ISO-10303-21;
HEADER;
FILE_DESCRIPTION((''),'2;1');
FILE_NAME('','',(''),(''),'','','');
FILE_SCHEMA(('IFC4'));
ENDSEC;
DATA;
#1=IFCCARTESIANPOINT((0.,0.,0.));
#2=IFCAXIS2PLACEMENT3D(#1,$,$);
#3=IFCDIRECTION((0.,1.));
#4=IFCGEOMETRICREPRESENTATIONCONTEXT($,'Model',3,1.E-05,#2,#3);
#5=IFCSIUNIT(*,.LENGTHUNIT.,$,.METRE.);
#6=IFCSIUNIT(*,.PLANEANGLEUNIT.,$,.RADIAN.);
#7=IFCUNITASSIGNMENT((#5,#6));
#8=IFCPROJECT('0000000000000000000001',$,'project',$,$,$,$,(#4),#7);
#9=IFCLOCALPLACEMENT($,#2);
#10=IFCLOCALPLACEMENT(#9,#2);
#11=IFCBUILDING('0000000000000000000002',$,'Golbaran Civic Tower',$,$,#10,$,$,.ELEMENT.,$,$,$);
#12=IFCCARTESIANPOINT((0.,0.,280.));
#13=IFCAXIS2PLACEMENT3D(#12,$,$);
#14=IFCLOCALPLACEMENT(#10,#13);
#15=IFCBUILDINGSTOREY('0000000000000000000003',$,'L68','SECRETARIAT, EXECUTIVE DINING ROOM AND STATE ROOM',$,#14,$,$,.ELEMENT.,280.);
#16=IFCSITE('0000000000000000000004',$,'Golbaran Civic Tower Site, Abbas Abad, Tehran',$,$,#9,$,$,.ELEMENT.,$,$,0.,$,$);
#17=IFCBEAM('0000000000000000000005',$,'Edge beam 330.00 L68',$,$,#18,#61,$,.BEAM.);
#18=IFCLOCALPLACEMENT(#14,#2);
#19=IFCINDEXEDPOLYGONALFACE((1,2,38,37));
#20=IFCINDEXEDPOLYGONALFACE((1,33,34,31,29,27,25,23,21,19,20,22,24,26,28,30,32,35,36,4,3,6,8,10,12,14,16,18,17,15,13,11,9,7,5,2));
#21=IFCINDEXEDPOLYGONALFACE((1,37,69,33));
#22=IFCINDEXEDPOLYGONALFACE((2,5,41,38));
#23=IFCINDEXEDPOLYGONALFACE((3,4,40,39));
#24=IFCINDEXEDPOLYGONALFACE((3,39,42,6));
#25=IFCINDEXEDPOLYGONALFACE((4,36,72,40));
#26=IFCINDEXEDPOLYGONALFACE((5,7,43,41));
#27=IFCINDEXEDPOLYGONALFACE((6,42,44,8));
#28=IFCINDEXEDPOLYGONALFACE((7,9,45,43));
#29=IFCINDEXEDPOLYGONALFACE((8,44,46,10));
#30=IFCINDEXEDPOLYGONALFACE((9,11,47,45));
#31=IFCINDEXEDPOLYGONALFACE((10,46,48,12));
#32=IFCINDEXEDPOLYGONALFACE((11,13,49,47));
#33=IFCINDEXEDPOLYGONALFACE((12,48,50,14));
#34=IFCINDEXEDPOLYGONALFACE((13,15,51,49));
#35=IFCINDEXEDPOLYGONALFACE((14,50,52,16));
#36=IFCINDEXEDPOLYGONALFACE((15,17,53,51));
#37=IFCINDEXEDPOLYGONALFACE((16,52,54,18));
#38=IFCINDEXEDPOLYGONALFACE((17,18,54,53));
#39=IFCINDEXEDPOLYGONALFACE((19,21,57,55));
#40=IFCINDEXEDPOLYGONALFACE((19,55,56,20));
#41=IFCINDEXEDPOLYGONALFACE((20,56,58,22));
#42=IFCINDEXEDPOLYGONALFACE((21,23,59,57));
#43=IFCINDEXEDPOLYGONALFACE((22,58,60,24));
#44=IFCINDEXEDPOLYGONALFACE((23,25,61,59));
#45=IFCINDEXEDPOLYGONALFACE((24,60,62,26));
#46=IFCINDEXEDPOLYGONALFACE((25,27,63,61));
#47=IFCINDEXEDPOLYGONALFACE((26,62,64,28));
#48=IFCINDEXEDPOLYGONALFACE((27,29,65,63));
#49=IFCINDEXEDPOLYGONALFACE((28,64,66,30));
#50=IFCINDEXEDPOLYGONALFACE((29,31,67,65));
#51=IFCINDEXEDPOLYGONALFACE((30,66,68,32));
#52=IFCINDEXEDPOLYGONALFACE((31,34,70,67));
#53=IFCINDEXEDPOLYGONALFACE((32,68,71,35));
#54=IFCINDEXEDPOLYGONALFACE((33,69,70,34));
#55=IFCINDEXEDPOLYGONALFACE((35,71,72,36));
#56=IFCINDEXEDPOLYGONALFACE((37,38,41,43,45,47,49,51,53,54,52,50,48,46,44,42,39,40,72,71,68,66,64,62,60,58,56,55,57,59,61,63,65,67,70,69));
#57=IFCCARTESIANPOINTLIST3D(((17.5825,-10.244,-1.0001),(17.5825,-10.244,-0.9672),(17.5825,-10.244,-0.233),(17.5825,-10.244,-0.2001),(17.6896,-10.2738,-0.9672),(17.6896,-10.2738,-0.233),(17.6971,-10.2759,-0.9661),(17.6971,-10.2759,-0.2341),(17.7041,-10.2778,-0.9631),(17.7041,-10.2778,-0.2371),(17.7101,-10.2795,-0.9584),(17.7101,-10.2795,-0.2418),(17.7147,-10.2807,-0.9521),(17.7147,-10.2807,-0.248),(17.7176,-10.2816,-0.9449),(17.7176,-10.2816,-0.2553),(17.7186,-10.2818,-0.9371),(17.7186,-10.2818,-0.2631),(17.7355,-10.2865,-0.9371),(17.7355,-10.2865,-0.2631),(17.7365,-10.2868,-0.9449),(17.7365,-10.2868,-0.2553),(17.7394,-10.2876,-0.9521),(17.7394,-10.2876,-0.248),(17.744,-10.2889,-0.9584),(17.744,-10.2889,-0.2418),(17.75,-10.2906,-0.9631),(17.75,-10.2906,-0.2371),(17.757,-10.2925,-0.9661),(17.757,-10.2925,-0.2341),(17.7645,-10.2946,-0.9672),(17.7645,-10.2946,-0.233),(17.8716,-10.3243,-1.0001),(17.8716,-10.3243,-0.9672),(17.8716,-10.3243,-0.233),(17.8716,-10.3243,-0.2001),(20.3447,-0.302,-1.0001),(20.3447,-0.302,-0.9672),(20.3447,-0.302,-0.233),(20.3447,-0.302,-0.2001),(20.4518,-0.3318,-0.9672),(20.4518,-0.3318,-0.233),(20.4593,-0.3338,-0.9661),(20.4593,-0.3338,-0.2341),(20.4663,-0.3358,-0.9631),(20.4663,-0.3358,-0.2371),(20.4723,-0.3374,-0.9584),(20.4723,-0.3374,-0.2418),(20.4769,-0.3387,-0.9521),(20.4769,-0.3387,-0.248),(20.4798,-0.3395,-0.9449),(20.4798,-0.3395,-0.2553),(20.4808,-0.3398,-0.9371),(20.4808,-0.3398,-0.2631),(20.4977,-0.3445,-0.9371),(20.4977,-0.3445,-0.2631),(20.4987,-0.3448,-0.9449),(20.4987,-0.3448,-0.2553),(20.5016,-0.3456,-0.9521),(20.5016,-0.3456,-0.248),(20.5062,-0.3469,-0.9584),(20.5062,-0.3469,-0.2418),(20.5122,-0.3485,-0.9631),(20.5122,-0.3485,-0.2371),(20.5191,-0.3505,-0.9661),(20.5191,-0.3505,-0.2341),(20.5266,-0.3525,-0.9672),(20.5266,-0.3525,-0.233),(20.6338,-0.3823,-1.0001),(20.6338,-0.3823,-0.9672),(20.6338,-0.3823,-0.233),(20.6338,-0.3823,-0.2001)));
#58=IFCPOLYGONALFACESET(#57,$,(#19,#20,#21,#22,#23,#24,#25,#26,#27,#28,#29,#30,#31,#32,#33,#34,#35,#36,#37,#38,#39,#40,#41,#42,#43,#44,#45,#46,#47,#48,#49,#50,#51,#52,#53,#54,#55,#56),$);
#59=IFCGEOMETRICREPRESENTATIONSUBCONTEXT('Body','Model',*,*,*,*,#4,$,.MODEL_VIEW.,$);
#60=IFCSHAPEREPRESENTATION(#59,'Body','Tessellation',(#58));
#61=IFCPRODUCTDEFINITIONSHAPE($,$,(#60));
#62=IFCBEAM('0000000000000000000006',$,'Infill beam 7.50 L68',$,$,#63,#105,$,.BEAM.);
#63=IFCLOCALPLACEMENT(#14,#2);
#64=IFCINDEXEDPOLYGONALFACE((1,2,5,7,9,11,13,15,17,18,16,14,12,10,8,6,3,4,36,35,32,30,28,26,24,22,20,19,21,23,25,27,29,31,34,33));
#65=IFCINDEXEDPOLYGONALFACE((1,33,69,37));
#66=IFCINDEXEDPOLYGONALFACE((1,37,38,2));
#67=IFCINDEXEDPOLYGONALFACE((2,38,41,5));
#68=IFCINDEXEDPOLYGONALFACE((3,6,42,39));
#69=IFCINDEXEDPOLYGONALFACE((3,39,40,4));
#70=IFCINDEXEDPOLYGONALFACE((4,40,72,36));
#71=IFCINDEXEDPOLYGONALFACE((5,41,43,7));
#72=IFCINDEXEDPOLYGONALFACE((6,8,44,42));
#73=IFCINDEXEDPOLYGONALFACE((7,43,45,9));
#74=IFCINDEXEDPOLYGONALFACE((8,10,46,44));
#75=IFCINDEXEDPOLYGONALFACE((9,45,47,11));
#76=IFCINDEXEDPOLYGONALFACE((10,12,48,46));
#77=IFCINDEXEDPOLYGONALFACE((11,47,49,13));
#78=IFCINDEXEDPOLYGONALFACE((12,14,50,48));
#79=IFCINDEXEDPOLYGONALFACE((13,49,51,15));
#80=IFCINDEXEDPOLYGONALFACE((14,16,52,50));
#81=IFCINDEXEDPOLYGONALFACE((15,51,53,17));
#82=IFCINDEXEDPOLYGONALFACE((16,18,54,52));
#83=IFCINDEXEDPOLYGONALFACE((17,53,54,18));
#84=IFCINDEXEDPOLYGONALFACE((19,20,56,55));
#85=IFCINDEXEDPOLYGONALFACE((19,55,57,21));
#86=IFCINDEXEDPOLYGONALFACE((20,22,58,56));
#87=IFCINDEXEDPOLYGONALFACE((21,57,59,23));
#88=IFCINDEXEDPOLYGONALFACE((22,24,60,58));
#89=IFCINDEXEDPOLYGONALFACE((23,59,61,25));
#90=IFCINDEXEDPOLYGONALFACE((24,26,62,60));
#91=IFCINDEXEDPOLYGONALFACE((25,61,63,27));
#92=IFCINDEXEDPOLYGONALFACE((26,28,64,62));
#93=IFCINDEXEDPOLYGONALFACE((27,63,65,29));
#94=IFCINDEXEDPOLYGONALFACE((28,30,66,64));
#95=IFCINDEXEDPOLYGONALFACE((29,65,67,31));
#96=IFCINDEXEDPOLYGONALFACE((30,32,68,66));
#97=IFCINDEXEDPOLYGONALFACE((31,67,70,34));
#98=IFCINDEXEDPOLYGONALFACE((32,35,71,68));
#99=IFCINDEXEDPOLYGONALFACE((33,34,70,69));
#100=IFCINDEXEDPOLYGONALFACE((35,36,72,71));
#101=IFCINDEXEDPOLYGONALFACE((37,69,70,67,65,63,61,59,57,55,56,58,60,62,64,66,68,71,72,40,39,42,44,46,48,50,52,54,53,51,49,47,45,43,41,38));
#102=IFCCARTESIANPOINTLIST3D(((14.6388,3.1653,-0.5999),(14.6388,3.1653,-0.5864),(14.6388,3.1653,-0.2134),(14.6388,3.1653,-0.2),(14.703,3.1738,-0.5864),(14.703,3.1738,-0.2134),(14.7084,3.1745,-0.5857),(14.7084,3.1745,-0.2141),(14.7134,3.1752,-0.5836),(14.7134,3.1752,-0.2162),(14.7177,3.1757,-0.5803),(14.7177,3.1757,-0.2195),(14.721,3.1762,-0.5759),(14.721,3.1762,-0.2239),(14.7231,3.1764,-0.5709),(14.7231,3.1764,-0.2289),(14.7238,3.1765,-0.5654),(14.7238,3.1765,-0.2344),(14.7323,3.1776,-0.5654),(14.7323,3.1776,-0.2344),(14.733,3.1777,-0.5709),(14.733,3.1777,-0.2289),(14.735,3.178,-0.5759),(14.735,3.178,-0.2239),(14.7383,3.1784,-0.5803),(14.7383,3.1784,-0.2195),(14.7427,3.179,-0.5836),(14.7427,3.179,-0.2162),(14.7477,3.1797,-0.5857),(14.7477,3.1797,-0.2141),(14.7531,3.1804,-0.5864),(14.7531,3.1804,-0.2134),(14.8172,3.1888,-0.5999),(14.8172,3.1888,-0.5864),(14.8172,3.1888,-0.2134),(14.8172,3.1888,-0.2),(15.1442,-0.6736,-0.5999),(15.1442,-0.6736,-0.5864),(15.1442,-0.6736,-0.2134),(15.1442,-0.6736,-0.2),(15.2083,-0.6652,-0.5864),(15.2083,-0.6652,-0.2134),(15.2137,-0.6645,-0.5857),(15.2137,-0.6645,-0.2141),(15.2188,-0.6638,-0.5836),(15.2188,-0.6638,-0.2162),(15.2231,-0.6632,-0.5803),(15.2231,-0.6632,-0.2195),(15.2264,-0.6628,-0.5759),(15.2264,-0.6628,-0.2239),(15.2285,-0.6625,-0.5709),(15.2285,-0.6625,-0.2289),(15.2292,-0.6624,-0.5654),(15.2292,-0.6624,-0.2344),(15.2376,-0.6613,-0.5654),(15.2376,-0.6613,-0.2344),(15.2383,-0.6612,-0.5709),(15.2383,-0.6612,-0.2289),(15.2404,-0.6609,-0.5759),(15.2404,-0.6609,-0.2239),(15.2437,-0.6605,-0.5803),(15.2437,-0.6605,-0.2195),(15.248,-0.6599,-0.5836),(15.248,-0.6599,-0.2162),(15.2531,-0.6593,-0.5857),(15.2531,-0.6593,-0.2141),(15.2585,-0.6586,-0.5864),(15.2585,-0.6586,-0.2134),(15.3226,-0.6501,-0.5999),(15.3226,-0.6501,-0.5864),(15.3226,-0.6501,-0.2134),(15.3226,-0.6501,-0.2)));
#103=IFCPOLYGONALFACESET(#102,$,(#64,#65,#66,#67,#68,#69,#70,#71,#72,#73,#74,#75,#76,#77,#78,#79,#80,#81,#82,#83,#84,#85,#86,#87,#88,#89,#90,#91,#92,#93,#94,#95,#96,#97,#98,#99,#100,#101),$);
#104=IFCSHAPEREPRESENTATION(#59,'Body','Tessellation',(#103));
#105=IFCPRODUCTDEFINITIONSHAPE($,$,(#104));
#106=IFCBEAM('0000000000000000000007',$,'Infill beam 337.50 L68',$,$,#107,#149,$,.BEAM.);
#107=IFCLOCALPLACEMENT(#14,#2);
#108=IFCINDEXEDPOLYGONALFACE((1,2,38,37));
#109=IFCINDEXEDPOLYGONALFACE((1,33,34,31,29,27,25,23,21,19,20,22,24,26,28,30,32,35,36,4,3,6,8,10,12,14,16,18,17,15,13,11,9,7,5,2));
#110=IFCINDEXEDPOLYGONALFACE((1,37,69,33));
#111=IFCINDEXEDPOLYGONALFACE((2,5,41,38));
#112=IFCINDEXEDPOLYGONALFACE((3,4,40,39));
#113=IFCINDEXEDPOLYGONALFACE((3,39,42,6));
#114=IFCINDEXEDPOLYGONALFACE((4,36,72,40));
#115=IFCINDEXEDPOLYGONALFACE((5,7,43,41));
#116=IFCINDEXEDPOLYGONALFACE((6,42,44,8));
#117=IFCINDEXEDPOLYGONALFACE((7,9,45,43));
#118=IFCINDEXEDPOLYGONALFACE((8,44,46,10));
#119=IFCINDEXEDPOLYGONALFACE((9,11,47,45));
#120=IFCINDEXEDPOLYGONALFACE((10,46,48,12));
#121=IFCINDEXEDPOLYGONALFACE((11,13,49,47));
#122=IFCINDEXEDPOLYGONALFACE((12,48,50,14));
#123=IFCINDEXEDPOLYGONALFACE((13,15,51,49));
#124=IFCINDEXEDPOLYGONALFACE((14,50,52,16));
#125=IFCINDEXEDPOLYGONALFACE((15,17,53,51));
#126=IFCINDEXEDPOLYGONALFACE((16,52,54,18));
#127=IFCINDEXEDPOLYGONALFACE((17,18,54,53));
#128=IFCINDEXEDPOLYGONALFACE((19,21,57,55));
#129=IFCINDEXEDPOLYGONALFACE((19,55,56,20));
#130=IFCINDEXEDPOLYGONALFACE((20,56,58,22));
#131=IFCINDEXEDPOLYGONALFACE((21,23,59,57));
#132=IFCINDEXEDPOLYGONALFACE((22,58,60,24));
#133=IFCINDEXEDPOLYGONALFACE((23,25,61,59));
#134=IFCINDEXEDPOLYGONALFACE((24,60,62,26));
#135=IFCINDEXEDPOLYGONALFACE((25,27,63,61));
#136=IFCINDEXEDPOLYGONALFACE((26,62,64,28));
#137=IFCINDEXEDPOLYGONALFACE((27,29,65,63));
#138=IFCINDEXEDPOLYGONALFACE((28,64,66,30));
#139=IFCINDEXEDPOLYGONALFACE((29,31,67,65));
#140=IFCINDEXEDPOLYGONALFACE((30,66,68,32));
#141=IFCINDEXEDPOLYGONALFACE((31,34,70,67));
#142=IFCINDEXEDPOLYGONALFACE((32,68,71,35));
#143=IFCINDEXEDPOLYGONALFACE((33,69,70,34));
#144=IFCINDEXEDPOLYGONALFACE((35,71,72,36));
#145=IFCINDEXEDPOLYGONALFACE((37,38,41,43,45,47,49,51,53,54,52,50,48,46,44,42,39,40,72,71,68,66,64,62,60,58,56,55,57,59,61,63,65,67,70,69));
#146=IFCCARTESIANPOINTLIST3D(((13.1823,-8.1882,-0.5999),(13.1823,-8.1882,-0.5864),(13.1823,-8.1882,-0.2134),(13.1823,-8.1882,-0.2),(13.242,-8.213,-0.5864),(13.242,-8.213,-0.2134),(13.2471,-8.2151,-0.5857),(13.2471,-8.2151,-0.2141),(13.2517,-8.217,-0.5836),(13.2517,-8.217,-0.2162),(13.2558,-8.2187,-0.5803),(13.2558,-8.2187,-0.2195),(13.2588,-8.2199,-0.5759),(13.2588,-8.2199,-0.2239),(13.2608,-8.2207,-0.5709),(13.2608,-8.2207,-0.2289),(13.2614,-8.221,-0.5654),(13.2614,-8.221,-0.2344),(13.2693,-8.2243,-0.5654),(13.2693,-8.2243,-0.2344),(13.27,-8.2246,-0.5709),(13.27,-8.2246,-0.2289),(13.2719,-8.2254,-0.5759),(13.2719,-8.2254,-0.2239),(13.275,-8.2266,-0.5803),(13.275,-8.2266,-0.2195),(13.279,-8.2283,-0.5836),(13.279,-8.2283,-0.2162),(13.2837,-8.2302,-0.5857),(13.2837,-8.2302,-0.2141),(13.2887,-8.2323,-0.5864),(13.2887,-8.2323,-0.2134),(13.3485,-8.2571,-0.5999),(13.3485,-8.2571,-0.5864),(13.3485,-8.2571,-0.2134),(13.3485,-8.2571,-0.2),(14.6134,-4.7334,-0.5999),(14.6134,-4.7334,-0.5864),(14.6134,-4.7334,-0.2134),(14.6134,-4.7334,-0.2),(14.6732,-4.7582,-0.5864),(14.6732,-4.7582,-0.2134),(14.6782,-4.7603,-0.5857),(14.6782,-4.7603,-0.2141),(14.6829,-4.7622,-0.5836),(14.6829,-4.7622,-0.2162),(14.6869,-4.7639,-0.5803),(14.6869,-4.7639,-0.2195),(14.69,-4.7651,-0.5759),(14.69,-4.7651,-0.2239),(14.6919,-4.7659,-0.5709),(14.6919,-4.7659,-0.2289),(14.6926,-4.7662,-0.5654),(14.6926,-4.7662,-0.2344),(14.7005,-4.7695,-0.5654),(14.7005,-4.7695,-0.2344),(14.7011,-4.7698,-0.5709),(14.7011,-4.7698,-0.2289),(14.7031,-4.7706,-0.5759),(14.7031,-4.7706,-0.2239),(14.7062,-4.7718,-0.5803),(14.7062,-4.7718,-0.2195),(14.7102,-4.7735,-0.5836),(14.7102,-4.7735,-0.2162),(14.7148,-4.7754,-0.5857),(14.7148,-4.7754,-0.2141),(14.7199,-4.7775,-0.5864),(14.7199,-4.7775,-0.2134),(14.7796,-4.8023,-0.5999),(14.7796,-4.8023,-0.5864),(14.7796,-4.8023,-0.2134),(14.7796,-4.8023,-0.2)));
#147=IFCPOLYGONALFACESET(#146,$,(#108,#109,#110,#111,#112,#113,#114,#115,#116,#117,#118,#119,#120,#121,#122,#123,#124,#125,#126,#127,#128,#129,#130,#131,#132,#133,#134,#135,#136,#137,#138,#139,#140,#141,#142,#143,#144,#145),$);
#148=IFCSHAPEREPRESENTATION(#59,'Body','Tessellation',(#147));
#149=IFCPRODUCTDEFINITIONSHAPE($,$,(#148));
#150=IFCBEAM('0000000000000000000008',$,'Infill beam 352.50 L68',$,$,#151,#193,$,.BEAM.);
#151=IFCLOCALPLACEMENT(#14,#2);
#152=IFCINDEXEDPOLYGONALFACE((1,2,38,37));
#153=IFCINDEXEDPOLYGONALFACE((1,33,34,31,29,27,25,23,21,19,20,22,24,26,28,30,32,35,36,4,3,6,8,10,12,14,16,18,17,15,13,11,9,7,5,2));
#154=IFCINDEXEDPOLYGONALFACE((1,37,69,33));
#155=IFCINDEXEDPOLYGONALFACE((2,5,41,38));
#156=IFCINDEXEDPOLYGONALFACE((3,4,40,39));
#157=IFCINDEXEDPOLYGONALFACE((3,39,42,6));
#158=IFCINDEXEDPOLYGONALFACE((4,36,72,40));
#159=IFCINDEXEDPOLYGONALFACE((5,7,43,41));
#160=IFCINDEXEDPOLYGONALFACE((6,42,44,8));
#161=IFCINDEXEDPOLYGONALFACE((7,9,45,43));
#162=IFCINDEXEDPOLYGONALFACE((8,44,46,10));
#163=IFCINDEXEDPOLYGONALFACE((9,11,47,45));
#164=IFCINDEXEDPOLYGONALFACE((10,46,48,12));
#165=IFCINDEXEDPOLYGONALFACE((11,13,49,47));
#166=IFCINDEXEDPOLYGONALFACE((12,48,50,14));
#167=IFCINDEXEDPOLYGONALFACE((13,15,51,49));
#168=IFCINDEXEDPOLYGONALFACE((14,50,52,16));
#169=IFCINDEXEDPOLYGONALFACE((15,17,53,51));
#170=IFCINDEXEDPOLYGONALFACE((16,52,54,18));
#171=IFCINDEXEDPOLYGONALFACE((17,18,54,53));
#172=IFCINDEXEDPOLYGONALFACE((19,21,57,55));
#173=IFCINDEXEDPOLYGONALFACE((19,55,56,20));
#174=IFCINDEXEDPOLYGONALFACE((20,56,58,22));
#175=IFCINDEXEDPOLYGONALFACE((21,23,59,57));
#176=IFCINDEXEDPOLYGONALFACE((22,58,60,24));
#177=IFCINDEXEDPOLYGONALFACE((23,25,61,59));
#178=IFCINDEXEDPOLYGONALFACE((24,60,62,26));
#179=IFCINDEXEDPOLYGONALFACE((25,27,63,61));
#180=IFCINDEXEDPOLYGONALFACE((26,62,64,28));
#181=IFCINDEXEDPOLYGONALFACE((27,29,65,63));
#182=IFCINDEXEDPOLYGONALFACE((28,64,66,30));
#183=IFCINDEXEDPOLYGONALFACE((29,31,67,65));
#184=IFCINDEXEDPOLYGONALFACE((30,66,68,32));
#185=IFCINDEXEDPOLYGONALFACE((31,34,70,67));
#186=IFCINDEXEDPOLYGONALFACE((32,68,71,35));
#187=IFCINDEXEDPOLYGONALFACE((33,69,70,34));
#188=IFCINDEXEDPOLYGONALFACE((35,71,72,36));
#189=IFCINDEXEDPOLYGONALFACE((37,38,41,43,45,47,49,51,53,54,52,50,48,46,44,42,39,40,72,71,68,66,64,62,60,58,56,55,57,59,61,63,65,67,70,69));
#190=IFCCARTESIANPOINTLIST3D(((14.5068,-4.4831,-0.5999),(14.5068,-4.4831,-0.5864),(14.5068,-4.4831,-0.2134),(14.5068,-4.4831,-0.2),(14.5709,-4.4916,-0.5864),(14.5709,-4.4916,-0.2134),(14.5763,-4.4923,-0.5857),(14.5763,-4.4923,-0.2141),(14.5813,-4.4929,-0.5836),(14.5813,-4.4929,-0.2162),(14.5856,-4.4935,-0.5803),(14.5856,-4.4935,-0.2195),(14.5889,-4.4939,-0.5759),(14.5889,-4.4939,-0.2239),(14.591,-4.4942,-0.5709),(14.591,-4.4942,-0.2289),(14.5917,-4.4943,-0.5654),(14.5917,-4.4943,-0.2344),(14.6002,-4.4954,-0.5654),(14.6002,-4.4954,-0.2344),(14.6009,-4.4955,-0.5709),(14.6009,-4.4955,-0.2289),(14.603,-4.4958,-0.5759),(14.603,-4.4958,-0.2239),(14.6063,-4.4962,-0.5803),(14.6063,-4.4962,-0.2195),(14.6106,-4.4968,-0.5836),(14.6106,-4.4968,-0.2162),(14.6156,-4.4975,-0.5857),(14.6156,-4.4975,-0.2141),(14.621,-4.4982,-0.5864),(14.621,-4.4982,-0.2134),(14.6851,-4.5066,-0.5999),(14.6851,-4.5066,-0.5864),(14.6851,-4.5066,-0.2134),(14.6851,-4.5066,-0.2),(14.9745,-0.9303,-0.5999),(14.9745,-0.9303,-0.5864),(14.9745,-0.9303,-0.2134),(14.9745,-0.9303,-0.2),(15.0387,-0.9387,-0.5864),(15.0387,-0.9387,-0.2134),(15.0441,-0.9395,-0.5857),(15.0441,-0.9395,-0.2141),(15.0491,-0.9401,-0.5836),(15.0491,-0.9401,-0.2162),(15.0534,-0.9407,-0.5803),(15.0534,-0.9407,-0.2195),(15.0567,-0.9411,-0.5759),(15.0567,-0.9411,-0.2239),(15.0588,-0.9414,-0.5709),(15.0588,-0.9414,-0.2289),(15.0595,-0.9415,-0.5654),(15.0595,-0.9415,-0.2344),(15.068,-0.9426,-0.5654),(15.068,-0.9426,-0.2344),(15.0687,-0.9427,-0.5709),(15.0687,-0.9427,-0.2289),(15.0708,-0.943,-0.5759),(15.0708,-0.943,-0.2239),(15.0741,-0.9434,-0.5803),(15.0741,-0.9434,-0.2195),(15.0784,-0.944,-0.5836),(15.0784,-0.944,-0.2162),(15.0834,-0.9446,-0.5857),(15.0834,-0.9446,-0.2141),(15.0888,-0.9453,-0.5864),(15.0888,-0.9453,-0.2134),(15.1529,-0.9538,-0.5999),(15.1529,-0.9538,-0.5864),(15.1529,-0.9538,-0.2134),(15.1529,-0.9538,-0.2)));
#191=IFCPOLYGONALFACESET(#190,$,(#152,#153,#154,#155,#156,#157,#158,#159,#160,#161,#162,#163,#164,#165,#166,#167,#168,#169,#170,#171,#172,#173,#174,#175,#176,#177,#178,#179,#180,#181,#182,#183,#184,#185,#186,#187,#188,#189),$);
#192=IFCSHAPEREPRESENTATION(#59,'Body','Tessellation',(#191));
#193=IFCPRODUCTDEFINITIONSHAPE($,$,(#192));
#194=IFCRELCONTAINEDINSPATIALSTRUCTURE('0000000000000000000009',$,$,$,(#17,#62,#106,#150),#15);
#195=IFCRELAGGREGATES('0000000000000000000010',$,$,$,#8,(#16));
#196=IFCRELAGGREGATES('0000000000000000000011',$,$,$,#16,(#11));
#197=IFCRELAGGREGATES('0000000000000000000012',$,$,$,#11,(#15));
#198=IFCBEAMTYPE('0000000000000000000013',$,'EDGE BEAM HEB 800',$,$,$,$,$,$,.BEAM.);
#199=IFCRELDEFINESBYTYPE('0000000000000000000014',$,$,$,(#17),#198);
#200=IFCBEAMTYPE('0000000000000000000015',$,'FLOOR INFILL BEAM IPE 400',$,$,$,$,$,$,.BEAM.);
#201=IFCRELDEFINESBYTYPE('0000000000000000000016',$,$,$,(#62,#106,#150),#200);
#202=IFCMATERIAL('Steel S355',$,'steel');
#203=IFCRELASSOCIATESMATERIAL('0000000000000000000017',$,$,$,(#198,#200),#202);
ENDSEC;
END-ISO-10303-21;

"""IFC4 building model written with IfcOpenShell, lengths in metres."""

from ifc_helpers import new_model, si_unit, direction, frame, origin, origin_2d, place, context, subcontext, project, spatial, i_section, extrude, material, material_profile, profile_set, type_object, element, save


model = new_model("IFC4")

# Units and contexts
model_context = context("Model", 3, precision=1e-05, world=origin(), true_north=direction((0.0, 1.0)))
body_context = subcontext(model_context, "Body", "Model", "MODEL_VIEW")
ifc_project = project(units=[si_unit("LENGTHUNIT", "METRE"), si_unit("PLANEANGLEUNIT", "RADIAN")], contexts=[model_context])

# Site, building, storey
site_placement = place(None, origin())
site = spatial("IfcSite", under=ifc_project, at=site_placement, Name="Golbaran Civic Tower Site, Abbas Abad, Tehran", CompositionType="ELEMENT", RefElevation=0.0)
building_placement = place(site_placement, origin())
building = spatial("IfcBuilding", under=site, at=building_placement, Name="Golbaran Civic Tower", CompositionType="ELEMENT")
storey_placement = place(building_placement, frame((0.0, 0.0, 280.0)))
storey = spatial("IfcBuildingStorey", under=building, at=storey_placement, Name="L68", Description="SECRETARIAT, EXECUTIVE DINING ROOM AND STATE ROOM", CompositionType="ELEMENT", Elevation=280.0)

# Beams
ifc_material_1 = material(Name="Steel S355", Category="steel")
ifc_material_profile_1 = material_profile(ifc_material_1, i_section(OverallWidth=0.3, OverallDepth=0.8, WebThickness=0.0176, FlangeThickness=0.033, FilletRadius=0.03, at=origin_2d()), Name="HEB 800")
ifc_profile_set_1 = profile_set([ifc_material_profile_1], Name="Steel S355")
beam_type_1 = type_object("IfcBeamType", Name="EDGE BEAM HEB 800", PredefinedType="BEAM", material=ifc_profile_set_1)
beam_1_placement = place(storey_placement, frame((17.7271, -10.2842, -0.6001), z_axis=(0.267689, 0.963505, 0.0), x_axis=(-0.963505, 0.267689, 0.0)))
element("IfcBeam", 1, at=beam_1_placement, inside=storey, type_object=beam_type_1, Name="Edge beam 330.00 L68", PredefinedType="BEAM", context=body_context, shape_type="SweptSolid", body=[
    extrude(i_section(OverallWidth=0.3, OverallDepth=0.8, WebThickness=0.0176, FlangeThickness=0.033, FilletRadius=0.03, at=origin_2d()), origin(), (0.0, 0.0, 1.0), 10.3186),
])
ifc_material_profile_2 = material_profile(ifc_material_1, i_section(OverallWidth=0.1799, OverallDepth=0.3999, WebThickness=0.0085, FlangeThickness=0.0134, FilletRadius=0.021, at=origin_2d()), Name="IPE 400")
ifc_profile_set_2 = profile_set([ifc_material_profile_2], Name="Steel S355")
beam_type_2 = type_object("IfcBeamType", Name="FLOOR INFILL BEAM IPE 400", PredefinedType="BEAM", material=ifc_profile_set_2)
beam_2_placement = place(storey_placement, frame((15.2334, -0.6619, -0.3999), z_axis=(-0.13052, 0.991446, 0.0), x_axis=(-0.991446, -0.13052, 0.0)))
element("IfcBeam", 2, at=beam_2_placement, inside=storey, type_object=beam_type_2, Name="Infill beam 7.50 L68", PredefinedType="BEAM", context=body_context, shape_type="SweptSolid", body=[
    extrude(i_section(OverallWidth=0.1799, OverallDepth=0.3999, WebThickness=0.0085, FlangeThickness=0.0134, FilletRadius=0.021, at=origin_2d()), origin(), (0.0, 0.0, 1.0), 3.8721),
])
beam_3_placement = place(storey_placement, frame((13.2654, -8.2227, -0.3999), z_axis=(0.382709, 0.923869, 0.0), x_axis=(-0.923869, 0.382709, 0.0)))
element("IfcBeam", 3, at=beam_3_placement, inside=storey, type_object=beam_type_2, Name="Infill beam 337.50 L68", PredefinedType="BEAM", context=body_context, shape_type="SweptSolid", body=[
    extrude(i_section(OverallWidth=0.1799, OverallDepth=0.3999, WebThickness=0.0085, FlangeThickness=0.0134, FilletRadius=0.021, at=origin_2d()), origin(), (0.0, 0.0, 1.0), 3.7395),
])
beam_4_placement = place(storey_placement, frame((14.5959, -4.4949, -0.3999), z_axis=(0.130539, 0.991443, 0.0), x_axis=(-0.991443, 0.130539, 0.0)))
element("IfcBeam", 4, at=beam_4_placement, inside=storey, type_object=beam_type_2, Name="Infill beam 352.50 L68", PredefinedType="BEAM", context=body_context, shape_type="SweptSolid", body=[
    extrude(i_section(OverallWidth=0.1799, OverallDepth=0.3999, WebThickness=0.0085, FlangeThickness=0.0134, FilletRadius=0.021, at=origin_2d()), origin(), (0.0, 0.0, 1.0), 3.5835),
])

save(model, "model.ifc")
